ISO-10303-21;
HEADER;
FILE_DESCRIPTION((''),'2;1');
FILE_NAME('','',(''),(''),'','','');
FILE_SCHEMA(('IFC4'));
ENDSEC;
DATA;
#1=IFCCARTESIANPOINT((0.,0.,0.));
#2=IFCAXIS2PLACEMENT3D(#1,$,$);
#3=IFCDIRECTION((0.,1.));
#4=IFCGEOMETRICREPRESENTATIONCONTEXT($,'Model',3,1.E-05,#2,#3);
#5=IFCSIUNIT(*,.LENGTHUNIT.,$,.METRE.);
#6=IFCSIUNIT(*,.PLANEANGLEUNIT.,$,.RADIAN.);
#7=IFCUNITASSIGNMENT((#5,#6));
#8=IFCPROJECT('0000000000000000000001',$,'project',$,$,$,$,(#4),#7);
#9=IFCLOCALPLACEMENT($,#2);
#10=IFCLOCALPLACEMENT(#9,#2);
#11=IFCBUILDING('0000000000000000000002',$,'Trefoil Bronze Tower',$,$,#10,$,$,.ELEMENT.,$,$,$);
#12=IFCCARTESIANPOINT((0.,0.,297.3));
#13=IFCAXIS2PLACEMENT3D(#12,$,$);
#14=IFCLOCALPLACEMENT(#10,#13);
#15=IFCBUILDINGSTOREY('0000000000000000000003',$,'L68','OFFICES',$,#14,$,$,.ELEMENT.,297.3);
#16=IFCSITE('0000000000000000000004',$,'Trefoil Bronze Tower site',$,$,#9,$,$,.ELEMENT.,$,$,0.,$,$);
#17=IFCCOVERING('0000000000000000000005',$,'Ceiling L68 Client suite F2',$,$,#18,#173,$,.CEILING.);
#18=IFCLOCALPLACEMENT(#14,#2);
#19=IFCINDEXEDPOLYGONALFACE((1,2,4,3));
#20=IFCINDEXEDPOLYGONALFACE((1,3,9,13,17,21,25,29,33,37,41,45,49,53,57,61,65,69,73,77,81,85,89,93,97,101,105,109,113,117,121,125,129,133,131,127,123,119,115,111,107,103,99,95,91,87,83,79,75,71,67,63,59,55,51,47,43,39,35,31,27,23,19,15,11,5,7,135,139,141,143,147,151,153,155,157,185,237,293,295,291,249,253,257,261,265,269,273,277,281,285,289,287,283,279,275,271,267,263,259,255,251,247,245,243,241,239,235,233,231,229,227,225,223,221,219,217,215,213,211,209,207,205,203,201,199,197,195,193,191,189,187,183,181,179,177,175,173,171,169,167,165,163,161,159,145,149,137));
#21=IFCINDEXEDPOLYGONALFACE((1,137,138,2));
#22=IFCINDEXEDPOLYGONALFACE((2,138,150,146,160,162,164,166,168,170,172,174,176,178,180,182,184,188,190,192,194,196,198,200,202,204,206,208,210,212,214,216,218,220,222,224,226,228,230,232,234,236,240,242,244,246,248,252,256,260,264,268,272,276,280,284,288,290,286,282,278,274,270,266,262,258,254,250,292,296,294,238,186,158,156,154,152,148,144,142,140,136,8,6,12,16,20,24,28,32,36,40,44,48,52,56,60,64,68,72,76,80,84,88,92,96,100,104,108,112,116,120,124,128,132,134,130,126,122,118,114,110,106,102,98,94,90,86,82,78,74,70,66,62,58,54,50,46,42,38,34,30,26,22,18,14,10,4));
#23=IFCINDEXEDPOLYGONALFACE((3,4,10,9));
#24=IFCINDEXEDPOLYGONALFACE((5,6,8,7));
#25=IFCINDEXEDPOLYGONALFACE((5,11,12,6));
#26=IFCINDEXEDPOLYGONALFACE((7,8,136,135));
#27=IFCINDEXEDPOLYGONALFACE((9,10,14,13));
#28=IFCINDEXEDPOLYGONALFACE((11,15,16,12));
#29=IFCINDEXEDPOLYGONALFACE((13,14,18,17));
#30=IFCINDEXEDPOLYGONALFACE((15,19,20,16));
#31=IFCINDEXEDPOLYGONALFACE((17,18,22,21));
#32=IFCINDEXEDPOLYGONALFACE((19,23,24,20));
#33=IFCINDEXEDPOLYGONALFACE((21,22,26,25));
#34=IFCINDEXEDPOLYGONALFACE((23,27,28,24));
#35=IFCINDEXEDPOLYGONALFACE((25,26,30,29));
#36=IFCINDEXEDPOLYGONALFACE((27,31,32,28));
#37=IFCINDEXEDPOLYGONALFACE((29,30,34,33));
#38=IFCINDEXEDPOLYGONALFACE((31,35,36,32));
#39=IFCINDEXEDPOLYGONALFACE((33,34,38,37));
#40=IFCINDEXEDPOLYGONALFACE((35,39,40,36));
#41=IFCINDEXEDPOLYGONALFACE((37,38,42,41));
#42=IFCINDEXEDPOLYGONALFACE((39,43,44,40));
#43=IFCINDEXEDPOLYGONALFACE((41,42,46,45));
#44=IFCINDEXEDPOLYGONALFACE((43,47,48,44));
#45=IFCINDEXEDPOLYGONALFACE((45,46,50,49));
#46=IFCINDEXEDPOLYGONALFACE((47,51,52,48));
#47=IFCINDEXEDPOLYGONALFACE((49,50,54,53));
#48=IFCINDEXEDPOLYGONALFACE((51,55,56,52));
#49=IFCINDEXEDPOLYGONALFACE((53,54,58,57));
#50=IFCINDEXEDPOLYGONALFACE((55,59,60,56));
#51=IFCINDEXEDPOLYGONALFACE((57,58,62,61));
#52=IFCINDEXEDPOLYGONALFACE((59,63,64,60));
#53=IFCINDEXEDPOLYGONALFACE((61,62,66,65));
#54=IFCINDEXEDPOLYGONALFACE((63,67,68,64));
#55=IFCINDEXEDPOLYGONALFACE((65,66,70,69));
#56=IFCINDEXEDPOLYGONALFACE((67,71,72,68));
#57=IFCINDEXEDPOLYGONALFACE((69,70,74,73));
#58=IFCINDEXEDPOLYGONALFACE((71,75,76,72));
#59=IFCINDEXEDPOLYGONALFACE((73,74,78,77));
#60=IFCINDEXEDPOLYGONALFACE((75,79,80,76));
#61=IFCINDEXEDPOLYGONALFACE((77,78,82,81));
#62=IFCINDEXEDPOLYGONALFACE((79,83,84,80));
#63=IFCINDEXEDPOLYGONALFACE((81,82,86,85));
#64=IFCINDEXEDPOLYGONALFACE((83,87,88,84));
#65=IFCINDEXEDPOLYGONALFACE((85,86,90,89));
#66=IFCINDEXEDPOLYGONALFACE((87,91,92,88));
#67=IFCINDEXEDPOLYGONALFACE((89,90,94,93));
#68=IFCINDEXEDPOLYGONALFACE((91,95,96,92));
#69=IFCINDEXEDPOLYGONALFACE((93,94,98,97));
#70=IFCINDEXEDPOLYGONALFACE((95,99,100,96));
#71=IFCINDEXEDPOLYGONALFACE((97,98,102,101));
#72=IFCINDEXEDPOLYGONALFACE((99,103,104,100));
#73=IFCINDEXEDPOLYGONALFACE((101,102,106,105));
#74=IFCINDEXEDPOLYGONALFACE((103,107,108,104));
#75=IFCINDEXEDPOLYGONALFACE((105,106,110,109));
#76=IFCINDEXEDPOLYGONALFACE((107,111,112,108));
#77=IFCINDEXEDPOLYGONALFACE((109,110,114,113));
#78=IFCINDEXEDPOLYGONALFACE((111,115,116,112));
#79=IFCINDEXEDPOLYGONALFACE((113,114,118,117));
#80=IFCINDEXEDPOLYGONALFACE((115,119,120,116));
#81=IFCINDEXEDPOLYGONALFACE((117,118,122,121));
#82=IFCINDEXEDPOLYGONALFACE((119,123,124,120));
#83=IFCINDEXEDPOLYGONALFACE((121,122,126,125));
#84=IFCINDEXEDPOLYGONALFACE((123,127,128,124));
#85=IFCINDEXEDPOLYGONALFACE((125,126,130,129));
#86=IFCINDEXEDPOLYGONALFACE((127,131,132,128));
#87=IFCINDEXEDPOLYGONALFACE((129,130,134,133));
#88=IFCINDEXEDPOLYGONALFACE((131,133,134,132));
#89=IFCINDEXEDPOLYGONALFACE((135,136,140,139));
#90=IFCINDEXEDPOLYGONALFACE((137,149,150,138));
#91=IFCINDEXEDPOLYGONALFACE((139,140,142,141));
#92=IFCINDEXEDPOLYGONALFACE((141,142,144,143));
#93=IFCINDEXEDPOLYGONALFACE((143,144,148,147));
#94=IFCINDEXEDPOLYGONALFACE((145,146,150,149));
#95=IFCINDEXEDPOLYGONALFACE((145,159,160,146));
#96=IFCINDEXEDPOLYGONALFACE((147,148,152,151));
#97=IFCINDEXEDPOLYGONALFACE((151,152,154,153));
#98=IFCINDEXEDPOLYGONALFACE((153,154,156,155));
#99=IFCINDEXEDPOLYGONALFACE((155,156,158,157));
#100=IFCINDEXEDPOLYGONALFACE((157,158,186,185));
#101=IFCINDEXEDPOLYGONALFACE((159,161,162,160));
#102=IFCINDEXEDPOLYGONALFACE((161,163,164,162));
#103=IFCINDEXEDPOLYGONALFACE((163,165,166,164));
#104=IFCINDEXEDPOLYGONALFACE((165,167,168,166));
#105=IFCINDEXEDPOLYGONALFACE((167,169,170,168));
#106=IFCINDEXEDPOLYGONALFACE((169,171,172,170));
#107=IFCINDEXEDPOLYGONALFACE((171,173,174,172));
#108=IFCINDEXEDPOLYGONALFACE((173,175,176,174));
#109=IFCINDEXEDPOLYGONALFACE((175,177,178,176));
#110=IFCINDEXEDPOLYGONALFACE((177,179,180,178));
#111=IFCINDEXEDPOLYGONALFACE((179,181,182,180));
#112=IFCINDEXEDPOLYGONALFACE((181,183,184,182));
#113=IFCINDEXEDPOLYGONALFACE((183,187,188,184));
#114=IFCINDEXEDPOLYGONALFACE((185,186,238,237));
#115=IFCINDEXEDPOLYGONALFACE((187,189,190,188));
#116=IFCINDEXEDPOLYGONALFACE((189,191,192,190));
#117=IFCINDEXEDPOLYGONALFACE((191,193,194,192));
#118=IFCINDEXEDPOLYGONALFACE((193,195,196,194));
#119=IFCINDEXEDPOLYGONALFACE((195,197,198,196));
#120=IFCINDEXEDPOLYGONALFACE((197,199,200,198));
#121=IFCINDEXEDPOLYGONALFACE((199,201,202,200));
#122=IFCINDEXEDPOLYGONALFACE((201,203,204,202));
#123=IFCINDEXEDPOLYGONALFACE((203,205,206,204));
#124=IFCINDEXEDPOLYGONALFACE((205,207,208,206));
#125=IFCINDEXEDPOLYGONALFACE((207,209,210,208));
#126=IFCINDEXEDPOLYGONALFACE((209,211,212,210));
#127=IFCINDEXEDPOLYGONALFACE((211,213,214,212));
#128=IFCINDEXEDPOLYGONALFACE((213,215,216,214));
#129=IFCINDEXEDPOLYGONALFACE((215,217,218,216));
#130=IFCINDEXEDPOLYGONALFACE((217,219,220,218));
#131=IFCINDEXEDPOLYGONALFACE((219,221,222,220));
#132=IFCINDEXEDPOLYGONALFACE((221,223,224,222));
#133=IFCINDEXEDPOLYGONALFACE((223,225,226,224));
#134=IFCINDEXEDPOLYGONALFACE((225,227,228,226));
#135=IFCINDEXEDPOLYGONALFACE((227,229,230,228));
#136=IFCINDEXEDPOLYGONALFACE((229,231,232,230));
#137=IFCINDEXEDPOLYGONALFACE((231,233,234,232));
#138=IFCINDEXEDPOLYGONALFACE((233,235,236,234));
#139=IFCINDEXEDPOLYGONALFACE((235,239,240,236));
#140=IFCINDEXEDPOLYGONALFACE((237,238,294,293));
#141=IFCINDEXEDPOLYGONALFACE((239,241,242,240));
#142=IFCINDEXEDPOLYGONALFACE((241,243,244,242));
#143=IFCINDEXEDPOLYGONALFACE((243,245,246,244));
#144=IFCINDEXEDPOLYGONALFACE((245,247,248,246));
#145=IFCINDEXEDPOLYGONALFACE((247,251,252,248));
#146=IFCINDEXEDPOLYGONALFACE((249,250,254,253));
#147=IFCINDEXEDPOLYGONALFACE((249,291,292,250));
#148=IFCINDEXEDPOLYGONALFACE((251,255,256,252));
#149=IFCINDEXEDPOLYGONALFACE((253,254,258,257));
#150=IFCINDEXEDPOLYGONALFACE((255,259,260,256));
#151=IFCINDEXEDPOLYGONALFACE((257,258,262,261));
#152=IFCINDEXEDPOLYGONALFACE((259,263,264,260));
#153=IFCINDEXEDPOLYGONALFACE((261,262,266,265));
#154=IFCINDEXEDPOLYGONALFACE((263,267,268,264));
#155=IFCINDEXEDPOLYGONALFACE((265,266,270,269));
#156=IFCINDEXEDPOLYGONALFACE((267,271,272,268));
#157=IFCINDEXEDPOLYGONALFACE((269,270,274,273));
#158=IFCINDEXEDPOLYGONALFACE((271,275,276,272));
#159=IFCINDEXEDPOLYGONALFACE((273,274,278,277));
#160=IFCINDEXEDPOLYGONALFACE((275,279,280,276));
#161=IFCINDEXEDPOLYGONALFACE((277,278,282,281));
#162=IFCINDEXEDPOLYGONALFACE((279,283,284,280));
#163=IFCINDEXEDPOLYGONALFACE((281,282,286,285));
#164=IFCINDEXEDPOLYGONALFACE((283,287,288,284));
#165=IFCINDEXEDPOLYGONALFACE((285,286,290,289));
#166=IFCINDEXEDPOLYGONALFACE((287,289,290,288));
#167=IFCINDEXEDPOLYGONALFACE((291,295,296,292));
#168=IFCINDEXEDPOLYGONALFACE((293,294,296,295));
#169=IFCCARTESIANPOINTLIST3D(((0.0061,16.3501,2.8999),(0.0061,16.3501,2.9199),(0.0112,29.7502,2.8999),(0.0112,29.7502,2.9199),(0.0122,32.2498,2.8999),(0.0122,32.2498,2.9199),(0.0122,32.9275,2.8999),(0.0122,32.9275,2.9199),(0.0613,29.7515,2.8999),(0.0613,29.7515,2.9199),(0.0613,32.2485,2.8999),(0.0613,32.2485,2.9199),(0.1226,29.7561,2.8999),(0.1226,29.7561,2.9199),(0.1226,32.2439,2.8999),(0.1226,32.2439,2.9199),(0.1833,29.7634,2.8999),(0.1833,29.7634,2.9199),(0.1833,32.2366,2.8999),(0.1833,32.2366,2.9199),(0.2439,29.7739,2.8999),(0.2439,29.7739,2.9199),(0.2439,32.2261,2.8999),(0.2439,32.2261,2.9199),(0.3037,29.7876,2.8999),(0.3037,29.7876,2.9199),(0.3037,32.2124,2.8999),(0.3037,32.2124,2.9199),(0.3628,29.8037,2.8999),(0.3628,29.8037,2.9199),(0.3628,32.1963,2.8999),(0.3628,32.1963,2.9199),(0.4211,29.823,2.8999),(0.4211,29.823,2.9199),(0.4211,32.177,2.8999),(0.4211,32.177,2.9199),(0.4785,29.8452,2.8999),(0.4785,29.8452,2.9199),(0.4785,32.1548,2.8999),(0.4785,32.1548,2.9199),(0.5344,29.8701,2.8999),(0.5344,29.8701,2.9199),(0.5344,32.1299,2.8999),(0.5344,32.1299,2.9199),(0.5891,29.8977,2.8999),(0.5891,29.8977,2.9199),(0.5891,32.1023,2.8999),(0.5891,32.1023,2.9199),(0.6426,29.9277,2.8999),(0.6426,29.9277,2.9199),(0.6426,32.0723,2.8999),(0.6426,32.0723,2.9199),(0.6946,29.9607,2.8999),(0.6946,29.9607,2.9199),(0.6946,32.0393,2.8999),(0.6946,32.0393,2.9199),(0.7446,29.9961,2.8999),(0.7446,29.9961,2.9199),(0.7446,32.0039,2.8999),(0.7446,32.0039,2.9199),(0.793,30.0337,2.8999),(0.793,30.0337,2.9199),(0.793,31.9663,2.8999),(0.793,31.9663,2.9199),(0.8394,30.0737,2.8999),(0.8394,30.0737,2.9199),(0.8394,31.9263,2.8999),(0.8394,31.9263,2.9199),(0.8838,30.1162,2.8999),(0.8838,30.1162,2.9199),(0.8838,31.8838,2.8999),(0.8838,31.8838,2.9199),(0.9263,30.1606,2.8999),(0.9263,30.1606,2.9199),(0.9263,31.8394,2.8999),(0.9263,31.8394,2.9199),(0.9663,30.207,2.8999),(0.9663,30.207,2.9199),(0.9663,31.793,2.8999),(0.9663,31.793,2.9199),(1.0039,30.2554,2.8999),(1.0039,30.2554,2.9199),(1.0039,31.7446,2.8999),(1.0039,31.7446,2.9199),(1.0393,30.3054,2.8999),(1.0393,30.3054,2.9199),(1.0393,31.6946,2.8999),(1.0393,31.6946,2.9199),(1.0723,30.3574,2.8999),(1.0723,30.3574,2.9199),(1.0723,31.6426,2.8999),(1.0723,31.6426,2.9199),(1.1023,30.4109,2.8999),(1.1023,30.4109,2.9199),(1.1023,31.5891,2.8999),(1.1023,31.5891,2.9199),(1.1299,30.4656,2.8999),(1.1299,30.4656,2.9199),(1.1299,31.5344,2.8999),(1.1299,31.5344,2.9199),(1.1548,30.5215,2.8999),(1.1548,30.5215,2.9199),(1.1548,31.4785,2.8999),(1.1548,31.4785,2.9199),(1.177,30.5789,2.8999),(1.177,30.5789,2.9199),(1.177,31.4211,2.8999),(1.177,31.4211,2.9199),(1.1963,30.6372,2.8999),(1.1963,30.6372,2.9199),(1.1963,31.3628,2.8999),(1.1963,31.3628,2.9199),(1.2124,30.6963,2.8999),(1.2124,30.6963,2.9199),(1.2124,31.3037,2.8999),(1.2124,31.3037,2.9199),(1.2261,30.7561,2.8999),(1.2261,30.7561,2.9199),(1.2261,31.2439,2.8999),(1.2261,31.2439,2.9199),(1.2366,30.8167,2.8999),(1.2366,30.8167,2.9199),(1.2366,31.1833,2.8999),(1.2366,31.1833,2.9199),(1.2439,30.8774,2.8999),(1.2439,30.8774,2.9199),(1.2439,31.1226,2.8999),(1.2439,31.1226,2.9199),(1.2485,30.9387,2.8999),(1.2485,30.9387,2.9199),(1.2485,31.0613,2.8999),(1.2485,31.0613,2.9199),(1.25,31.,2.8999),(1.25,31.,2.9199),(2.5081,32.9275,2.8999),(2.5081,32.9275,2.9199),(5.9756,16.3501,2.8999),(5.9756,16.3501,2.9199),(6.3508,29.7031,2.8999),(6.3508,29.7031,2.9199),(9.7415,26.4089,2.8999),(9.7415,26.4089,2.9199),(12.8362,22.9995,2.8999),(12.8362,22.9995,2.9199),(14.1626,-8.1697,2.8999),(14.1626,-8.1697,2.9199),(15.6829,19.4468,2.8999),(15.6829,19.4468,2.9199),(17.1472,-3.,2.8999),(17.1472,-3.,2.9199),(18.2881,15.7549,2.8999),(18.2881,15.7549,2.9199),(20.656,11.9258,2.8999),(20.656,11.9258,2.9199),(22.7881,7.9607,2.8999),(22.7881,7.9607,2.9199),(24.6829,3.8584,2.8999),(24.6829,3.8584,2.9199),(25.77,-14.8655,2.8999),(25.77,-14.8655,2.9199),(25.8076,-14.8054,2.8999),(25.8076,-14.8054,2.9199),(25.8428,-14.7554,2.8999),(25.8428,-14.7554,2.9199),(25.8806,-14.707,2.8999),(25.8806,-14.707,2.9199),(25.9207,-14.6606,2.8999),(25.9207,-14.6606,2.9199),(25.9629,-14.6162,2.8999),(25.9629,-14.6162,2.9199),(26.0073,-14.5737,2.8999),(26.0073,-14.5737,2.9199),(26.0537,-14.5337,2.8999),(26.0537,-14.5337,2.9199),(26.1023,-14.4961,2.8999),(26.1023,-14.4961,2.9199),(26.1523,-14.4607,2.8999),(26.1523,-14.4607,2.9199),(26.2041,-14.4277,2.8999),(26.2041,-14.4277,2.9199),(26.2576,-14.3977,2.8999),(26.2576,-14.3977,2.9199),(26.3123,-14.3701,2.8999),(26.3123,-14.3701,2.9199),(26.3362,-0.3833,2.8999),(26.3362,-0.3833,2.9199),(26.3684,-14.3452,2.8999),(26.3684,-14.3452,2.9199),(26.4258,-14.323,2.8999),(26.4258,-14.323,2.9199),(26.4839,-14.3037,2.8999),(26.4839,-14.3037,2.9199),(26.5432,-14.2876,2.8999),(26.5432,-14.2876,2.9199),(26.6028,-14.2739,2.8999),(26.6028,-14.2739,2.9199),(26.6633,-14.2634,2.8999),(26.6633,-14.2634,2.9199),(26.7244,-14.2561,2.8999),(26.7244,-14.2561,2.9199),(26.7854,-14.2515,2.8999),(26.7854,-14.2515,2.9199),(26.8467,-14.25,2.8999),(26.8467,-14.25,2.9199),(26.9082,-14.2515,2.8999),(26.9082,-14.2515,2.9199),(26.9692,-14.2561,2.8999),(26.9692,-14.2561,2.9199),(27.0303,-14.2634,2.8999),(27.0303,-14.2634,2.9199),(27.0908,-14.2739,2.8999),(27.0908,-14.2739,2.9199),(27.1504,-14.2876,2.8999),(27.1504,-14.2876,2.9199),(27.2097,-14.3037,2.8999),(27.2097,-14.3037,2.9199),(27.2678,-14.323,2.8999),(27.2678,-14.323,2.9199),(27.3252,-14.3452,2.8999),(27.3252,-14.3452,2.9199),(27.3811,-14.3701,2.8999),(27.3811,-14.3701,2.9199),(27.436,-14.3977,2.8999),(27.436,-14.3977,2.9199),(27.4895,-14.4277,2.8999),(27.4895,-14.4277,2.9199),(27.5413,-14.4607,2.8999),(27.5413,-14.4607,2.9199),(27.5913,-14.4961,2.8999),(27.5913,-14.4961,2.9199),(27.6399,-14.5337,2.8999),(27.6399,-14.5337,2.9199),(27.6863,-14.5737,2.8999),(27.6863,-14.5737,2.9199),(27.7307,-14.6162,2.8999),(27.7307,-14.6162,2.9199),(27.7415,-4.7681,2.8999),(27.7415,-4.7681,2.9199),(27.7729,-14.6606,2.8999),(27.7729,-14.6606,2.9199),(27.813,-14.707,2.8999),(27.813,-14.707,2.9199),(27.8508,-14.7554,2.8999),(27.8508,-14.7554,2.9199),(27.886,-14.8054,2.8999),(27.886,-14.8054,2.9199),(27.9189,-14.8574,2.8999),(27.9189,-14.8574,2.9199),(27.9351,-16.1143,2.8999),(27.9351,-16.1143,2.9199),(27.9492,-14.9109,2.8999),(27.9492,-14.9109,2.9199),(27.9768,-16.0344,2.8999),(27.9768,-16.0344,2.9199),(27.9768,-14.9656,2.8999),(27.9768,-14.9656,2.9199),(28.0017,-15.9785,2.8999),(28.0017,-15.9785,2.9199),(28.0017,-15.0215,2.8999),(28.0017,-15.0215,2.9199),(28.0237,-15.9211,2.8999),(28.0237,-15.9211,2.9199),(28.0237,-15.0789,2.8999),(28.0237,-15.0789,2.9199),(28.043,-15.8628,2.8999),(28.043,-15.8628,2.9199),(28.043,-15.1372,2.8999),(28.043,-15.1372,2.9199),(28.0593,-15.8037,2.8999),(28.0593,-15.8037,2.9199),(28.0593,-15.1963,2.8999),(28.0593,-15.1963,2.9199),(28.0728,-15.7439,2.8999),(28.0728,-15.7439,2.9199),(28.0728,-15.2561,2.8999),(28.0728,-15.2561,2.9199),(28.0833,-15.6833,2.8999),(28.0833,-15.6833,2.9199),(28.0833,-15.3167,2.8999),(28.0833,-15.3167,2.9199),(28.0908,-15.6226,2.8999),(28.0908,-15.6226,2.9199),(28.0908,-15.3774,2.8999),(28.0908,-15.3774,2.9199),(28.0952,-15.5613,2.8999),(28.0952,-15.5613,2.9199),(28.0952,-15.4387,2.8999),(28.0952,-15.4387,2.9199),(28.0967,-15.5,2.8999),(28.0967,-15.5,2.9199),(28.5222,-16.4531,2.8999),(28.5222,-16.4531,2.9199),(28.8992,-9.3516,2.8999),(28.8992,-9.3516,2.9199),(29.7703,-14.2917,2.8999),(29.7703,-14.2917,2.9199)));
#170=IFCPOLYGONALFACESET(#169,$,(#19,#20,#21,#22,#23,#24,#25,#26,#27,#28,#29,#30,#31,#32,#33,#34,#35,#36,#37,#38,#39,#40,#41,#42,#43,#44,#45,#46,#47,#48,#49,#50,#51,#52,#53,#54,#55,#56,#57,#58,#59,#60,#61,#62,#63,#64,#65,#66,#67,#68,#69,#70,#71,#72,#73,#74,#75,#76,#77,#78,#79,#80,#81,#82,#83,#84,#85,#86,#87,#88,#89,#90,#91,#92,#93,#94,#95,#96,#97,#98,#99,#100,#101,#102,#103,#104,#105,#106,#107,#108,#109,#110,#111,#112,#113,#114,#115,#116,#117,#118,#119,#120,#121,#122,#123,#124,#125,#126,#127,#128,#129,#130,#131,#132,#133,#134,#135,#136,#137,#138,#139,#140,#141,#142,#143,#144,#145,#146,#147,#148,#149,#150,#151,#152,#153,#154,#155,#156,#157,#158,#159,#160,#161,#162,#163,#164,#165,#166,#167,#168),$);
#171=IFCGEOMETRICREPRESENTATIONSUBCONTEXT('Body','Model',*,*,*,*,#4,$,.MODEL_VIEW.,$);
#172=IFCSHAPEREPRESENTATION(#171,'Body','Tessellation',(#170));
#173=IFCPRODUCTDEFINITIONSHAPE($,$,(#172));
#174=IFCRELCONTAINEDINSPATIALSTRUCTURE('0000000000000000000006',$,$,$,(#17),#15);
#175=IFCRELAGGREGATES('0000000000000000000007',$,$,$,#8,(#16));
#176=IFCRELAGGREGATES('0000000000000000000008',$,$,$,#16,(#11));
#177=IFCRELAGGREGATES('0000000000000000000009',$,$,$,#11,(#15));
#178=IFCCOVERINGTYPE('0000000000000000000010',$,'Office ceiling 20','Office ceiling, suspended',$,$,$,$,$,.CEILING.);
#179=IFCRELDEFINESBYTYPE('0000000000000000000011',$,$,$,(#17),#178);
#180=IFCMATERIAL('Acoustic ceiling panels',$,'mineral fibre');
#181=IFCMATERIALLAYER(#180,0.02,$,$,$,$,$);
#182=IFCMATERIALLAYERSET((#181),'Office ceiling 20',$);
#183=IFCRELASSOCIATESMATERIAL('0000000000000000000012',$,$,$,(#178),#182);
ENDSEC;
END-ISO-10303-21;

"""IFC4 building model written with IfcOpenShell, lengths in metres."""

from ifc_helpers import new_model, si_unit, direction, frame, origin, place, context, subcontext, project, spatial, polyline, outline, extrude, material, layer, layer_set, type_object, element, save


model = new_model("IFC4")

# Units and contexts
model_context = context("Model", 3, precision=1e-05, world=origin(), true_north=direction((0.0, 1.0)))
body_context = subcontext(model_context, "Body", "Model", "MODEL_VIEW")
ifc_project = project(units=[si_unit("LENGTHUNIT", "METRE"), si_unit("PLANEANGLEUNIT", "RADIAN")], contexts=[model_context])

# Site, building, storey
site_placement = place(None, origin())
site = spatial("IfcSite", under=ifc_project, at=site_placement, Name="Trefoil Bronze Tower site", CompositionType="ELEMENT", RefElevation=0.0)
building_placement = place(site_placement, origin())
building = spatial("IfcBuilding", under=site, at=building_placement, Name="Trefoil Bronze Tower", CompositionType="ELEMENT")
storey_placement = place(building_placement, frame((0.0, 0.0, 297.3)))
storey = spatial("IfcBuildingStorey", under=building, at=storey_placement, Name="L68", Description="OFFICES", CompositionType="ELEMENT", Elevation=297.3)

# Covering
ifc_material_1 = material(Name="Acoustic ceiling panels", Category="mineral fibre")
ifc_layer_1 = layer(ifc_material_1, 0.02)
ifc_layer_set_1 = layer_set([ifc_layer_1], Name="Office ceiling 20")
covering_type_1 = type_object("IfcCoveringType", Name="Office ceiling 20", Description="Office ceiling, suspended", PredefinedType="CEILING", material=ifc_layer_set_1)
covering_1_placement = place(storey_placement, frame((0.0, 0.0, 2.8999)))
element("IfcCovering", 1, at=covering_1_placement, inside=storey, type_object=covering_type_1, Name="Ceiling L68 Client suite F2", PredefinedType="CEILING", context=body_context, shape_type="SweptSolid", body=[
    extrude(outline(polyline([(9.7415, 26.4089), (12.8362, 22.9995), (15.6829, 19.4468), (18.2881, 15.7549), (20.656, 11.9258), (22.7881, 7.9607), (24.6829, 3.8584), (26.3362, -0.3833), (27.7415, -4.7681), (28.8992, -9.3516), (29.7703, -14.2917), (28.5222, -16.4531), (27.9351, -16.1143), (27.9768, -16.0344), (28.0017, -15.9785), (28.0237, -15.9211), (28.043, -15.8628), (28.0593, -15.8037), (28.0728, -15.7439), (28.0833, -15.6833), (28.0908, -15.6226), (28.0952, -15.5613), (28.0967, -15.5), (28.0952, -15.4387), (28.0908, -15.3774), (28.0833, -15.3167), (28.0728, -15.2561), (28.0593, -15.1963), (28.043, -15.1372), (28.0237, -15.0789), (28.0017, -15.0215), (27.9768, -14.9656), (27.9492, -14.9109), (27.9189, -14.8574), (27.886, -14.8054), (27.8508, -14.7554), (27.813, -14.707), (27.7729, -14.6606), (27.7307, -14.6162), (27.6863, -14.5737), (27.6399, -14.5337), (27.5913, -14.4961), (27.5413, -14.4607), (27.4895, -14.4277), (27.436, -14.3977), (27.3811, -14.3701), (27.3252, -14.3452), (27.2678, -14.323), (27.2097, -14.3037), (27.1504, -14.2876), (27.0908, -14.2739), (27.0303, -14.2634), (26.9692, -14.2561), (26.9082, -14.2515), (26.8467, -14.25), (26.7854, -14.2515), (26.7244, -14.2561), (26.6633, -14.2634), (26.6028, -14.2739), (26.5432, -14.2876), (26.4839, -14.3037), (26.4258, -14.323), (26.3684, -14.3452), (26.3123, -14.3701), (26.2576, -14.3977), (26.2041, -14.4277), (26.1523, -14.4607), (26.1023, -14.4961), (26.0537, -14.5337), (26.0073, -14.5737), (25.9629, -14.6162), (25.9207, -14.6606), (25.8806, -14.707), (25.8428, -14.7554), (25.8076, -14.8054), (25.77, -14.8655), (14.1626, -8.1697), (17.1472, -3.0), (5.9756, 16.3501), (0.0061, 16.3501), (0.0112, 29.7502), (0.0613, 29.7515), (0.1226, 29.7561), (0.1833, 29.7634), (0.2439, 29.7739), (0.3037, 29.7876), (0.3628, 29.8037), (0.4211, 29.823), (0.4785, 29.8452), (0.5344, 29.8701), (0.5891, 29.8977), (0.6426, 29.9277), (0.6946, 29.9607), (0.7446, 29.9961), (0.793, 30.0337), (0.8394, 30.0737), (0.8838, 30.1162), (0.9263, 30.1606), (0.9663, 30.207), (1.0039, 30.2554), (1.0393, 30.3054), (1.0723, 30.3574), (1.1023, 30.4109), (1.1299, 30.4656), (1.1548, 30.5215), (1.177, 30.5789), (1.1963, 30.6372), (1.2124, 30.6963), (1.2261, 30.7561), (1.2366, 30.8167), (1.2439, 30.8774), (1.2485, 30.9387), (1.25, 31.0), (1.2485, 31.0613), (1.2439, 31.1226), (1.2366, 31.1833), (1.2261, 31.2439), (1.2124, 31.3037), (1.1963, 31.3628), (1.177, 31.4211), (1.1548, 31.4785), (1.1299, 31.5344), (1.1023, 31.5891), (1.0723, 31.6426), (1.0393, 31.6946), (1.0039, 31.7446), (0.9663, 31.793), (0.9263, 31.8394), (0.8838, 31.8838), (0.8394, 31.9263), (0.793, 31.9663), (0.7446, 32.0039), (0.6946, 32.0393), (0.6426, 32.0723), (0.5891, 32.1023), (0.5344, 32.1299), (0.4785, 32.1548), (0.4211, 32.177), (0.3628, 32.1963), (0.3037, 32.2124), (0.2439, 32.2261), (0.1833, 32.2366), (0.1226, 32.2439), (0.0613, 32.2485), (0.0122, 32.2498), (0.0122, 32.9275), (2.5081, 32.9275), (6.3508, 29.7031), (9.7415, 26.4089)])), origin(), (0.0, 0.0, 1.0), 0.02),
])

save(model, "model.ifc")
